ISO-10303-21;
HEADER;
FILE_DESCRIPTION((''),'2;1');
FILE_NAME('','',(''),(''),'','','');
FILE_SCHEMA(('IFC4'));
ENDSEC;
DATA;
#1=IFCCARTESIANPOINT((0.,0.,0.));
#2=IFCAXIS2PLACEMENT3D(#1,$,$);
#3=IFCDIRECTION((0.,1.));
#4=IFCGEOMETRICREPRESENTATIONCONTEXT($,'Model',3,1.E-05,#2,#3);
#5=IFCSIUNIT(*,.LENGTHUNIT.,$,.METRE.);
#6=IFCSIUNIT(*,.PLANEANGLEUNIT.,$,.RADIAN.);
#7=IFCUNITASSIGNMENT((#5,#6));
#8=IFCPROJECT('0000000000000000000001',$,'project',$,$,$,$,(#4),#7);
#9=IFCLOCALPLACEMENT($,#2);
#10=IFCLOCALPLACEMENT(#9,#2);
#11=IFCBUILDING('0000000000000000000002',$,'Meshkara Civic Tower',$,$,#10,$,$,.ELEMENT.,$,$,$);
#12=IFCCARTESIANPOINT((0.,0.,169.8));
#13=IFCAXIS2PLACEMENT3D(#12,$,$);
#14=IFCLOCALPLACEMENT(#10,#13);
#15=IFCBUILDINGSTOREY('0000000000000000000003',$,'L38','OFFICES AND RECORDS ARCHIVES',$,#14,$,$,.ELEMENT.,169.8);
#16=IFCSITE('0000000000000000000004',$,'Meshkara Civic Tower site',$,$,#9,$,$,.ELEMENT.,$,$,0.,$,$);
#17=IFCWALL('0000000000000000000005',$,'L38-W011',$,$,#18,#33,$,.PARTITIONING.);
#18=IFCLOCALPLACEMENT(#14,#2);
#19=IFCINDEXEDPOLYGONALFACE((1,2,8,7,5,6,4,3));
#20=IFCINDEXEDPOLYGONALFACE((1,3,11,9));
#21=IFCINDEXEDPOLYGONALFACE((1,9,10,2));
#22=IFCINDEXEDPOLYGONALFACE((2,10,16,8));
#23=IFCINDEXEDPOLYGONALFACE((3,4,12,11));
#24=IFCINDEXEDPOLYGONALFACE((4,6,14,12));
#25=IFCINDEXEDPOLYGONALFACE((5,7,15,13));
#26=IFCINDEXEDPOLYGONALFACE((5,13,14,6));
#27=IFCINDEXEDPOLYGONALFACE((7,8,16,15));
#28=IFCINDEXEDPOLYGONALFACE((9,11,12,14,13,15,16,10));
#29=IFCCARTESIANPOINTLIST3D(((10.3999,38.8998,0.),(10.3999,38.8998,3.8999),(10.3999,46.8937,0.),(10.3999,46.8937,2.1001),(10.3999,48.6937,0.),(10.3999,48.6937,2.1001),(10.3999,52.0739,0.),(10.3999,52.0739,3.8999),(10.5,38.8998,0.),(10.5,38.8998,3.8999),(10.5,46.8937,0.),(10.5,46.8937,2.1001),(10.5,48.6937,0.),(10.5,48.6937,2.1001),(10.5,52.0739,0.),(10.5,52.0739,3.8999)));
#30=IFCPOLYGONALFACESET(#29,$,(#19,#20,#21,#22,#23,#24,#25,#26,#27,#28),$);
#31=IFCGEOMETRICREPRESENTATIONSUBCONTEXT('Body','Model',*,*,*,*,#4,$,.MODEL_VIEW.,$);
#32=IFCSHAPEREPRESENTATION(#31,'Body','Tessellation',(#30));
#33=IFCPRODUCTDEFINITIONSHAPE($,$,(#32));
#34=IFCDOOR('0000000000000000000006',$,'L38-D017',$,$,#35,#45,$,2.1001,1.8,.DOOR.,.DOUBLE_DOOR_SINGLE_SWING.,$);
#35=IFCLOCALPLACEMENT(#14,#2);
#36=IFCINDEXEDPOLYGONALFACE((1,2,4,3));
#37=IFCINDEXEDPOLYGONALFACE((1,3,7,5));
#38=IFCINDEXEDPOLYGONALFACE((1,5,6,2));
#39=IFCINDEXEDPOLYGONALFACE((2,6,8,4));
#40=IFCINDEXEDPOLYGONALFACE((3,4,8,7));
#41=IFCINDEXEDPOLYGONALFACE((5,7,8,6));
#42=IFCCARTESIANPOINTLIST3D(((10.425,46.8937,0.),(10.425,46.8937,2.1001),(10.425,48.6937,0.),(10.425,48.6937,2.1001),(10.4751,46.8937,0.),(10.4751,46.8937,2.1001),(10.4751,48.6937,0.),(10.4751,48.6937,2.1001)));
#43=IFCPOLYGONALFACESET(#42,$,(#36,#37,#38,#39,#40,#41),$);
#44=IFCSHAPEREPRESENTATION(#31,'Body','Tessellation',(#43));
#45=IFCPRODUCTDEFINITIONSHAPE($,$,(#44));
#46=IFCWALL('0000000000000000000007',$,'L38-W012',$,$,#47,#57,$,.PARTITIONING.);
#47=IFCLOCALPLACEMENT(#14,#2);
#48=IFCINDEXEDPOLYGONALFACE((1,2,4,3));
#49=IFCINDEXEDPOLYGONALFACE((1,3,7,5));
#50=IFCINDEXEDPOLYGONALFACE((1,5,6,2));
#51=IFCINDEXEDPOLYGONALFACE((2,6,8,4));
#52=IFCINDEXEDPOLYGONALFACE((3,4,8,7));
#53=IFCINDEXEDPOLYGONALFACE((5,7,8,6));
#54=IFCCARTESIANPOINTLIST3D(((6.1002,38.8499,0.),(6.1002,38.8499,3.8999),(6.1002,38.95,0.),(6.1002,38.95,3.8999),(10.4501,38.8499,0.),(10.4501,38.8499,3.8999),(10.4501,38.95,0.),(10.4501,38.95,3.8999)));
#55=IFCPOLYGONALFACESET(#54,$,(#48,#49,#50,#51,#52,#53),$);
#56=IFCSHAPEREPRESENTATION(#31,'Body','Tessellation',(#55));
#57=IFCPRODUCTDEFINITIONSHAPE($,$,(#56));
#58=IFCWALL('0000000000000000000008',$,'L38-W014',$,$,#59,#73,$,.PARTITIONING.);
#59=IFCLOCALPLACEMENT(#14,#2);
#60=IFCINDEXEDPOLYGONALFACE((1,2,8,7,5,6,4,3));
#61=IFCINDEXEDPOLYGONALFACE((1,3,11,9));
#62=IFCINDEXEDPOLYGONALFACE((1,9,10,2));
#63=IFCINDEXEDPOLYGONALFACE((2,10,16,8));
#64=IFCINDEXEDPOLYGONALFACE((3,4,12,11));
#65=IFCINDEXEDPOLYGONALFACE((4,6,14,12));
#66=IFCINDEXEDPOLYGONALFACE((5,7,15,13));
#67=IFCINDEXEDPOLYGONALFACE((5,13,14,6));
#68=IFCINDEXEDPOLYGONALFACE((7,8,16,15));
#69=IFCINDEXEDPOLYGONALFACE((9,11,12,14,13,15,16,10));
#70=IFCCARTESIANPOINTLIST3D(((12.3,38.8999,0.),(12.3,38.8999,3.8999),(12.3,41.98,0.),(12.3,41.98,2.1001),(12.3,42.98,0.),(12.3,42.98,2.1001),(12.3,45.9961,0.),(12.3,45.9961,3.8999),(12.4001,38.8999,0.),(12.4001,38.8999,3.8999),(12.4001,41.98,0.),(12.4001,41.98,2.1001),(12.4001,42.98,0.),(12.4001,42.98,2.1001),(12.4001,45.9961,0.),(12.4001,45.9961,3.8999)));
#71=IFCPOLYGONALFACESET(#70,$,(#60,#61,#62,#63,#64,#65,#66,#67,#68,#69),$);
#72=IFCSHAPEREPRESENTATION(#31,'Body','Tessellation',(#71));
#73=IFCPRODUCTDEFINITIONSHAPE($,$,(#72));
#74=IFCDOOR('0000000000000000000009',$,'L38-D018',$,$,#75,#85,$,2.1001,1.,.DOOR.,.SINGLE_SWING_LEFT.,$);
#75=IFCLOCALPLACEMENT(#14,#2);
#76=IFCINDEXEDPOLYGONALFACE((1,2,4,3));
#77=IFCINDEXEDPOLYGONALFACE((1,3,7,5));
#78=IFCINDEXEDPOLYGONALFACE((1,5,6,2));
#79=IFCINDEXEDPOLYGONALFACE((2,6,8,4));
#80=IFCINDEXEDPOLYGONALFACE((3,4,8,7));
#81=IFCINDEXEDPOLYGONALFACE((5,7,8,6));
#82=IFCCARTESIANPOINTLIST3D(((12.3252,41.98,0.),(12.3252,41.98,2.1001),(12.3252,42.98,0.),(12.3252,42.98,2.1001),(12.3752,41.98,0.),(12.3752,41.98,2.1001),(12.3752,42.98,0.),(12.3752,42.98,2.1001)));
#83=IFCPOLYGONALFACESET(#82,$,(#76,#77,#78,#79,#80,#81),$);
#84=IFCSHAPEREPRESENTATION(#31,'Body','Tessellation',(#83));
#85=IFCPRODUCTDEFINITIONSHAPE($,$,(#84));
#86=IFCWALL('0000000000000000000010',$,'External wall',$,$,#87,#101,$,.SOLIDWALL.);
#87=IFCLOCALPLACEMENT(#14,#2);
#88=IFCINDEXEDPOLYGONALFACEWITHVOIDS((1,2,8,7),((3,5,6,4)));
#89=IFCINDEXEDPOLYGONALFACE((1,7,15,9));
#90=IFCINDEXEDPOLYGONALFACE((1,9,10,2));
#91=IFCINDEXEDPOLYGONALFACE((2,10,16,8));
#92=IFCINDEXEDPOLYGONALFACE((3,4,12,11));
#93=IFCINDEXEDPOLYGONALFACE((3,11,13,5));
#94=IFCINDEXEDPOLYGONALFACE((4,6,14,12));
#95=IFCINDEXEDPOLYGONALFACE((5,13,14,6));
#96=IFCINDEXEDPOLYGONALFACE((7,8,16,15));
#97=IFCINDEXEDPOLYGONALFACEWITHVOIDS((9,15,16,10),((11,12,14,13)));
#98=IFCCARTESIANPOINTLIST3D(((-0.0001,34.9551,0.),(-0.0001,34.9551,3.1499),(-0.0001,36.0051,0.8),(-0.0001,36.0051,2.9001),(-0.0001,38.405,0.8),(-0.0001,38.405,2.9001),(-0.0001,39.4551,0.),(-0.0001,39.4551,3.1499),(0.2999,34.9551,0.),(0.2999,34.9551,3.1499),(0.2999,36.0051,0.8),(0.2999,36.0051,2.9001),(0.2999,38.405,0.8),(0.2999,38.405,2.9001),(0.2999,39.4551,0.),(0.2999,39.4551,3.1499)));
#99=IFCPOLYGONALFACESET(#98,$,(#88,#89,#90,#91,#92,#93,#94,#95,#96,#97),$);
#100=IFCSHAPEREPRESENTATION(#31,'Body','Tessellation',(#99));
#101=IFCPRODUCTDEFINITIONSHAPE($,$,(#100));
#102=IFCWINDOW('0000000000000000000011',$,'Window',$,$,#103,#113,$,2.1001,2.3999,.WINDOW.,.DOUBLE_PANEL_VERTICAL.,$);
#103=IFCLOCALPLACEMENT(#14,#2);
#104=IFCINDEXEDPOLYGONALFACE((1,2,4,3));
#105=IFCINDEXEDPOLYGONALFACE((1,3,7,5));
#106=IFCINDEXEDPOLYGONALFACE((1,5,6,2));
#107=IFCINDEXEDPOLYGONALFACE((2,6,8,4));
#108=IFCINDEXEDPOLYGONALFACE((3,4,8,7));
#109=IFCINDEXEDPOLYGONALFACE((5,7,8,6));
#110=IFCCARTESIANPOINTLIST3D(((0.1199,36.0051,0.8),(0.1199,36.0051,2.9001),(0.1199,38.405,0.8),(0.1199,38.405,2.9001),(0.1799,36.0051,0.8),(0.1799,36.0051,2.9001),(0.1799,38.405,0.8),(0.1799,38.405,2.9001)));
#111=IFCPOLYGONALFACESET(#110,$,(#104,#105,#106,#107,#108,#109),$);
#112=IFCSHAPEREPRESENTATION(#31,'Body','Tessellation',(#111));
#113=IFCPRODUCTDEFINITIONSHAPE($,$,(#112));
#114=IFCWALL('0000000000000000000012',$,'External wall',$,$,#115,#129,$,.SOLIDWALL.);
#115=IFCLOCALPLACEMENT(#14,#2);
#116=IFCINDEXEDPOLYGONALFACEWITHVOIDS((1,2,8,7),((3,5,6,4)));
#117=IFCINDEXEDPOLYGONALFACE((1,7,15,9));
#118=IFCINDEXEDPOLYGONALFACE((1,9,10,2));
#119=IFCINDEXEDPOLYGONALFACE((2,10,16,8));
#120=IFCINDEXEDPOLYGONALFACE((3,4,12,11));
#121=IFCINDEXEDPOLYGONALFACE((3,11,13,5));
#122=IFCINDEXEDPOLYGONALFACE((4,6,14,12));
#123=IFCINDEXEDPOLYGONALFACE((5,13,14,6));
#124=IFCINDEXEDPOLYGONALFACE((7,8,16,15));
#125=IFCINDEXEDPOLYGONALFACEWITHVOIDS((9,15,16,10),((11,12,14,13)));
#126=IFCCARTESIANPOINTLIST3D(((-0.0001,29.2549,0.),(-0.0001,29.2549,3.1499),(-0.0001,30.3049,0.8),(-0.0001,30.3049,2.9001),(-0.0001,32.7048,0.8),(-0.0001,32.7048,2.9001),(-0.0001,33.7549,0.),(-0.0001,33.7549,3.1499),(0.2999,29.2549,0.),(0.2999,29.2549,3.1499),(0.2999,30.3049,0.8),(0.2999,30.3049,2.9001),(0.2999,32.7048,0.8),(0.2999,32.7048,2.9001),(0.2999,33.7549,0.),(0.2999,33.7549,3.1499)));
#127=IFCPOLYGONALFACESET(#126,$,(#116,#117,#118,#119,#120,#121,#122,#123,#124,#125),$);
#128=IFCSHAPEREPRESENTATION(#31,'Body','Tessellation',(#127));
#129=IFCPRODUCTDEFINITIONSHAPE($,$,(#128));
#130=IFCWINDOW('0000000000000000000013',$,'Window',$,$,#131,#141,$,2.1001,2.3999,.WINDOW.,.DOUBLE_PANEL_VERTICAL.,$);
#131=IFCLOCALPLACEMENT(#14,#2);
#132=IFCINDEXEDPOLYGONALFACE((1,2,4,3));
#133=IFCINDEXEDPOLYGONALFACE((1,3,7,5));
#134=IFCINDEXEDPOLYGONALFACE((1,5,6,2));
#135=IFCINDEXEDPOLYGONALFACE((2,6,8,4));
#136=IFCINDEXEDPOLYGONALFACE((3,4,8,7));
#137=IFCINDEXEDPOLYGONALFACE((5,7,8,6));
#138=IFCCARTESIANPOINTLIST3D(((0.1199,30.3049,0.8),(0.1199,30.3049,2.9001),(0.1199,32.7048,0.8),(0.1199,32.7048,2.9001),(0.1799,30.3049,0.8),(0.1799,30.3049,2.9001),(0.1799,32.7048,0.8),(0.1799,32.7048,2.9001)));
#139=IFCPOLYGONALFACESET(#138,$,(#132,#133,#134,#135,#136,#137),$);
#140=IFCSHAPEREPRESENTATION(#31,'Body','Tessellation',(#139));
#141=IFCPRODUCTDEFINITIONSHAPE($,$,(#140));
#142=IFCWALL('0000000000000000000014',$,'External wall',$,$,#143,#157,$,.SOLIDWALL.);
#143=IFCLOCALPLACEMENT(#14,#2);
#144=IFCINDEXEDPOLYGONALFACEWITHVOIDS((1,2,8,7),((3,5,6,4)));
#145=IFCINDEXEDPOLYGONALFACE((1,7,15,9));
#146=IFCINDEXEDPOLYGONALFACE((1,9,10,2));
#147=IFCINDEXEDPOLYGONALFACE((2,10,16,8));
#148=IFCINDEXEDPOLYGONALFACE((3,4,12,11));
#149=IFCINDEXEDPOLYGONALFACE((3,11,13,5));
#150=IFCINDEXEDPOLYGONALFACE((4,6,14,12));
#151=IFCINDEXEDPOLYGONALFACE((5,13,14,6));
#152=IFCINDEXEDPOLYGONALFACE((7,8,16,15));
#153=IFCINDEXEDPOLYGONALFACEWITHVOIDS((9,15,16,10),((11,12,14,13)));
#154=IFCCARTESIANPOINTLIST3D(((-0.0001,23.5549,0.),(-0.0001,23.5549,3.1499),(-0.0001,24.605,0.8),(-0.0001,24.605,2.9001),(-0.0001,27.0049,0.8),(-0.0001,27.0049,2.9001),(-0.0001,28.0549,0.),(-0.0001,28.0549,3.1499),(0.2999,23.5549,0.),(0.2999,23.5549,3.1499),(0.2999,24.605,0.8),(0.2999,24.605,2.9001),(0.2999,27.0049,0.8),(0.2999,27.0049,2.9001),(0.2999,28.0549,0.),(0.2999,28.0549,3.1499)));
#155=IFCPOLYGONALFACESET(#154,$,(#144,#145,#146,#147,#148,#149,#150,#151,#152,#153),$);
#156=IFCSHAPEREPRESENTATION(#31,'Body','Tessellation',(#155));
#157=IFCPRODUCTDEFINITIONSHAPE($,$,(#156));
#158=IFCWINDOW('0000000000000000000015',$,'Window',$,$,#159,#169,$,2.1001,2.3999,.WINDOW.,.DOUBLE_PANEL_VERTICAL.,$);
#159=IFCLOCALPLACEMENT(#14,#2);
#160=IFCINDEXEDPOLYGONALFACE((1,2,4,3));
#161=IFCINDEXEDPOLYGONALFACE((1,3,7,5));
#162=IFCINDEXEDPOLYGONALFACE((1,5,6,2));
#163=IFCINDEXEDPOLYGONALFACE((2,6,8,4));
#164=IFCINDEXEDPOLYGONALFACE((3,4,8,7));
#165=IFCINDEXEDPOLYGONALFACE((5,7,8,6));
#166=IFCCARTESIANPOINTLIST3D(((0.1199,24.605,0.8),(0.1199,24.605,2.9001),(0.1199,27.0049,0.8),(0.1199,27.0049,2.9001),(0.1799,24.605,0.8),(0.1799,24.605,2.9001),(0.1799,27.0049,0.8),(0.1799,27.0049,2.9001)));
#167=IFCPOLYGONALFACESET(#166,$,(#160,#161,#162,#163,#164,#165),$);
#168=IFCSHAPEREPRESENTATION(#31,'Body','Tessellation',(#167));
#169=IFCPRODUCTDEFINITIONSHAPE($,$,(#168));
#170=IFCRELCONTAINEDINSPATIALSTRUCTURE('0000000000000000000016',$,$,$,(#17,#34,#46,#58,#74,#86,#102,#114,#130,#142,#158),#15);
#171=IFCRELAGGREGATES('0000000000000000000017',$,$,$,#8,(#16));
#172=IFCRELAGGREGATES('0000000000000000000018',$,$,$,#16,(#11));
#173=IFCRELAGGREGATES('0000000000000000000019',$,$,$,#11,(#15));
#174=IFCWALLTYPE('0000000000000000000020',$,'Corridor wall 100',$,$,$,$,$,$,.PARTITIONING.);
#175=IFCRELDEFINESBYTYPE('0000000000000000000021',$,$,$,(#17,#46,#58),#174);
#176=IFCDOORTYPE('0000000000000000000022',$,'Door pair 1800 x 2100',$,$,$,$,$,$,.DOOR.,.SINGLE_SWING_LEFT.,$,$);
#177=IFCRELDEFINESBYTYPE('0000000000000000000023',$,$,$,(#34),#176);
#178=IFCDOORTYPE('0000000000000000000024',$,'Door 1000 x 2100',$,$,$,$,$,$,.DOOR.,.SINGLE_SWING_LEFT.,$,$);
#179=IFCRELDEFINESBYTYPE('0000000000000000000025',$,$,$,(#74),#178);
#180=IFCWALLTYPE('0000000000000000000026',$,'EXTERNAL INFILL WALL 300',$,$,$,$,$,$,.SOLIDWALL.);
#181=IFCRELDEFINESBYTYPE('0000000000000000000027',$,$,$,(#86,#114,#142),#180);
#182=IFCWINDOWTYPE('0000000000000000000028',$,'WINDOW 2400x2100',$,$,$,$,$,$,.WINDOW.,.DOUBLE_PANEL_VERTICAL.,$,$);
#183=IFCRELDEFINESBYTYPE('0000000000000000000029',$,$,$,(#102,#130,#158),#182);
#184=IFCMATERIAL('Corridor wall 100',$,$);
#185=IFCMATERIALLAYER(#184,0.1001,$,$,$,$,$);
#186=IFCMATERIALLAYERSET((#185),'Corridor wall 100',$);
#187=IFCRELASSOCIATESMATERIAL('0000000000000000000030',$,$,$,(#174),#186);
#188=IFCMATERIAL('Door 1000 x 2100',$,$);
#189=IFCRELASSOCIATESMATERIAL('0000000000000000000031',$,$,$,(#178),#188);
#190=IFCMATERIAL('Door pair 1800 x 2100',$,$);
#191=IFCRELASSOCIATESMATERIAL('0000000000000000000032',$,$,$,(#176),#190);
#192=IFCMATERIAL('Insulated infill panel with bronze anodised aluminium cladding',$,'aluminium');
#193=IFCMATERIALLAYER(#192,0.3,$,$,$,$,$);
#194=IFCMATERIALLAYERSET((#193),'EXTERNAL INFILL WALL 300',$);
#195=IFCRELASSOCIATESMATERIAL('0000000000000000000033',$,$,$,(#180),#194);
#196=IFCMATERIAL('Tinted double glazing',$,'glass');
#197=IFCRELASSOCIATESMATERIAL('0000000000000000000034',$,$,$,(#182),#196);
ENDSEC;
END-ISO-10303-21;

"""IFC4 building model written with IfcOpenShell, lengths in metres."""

from ifc_helpers import new_model, si_unit, direction, frame, frame_2d, origin, place, context, subcontext, project, spatial, rectangle, extrude, material, layer, layer_set, type_object, element, fill, save


model = new_model("IFC4")

# Units and contexts
model_context = context("Model", 3, precision=1e-05, world=origin(), true_north=direction((0.0, 1.0)))
body_context = subcontext(model_context, "Body", "Model", "MODEL_VIEW")
ifc_project = project(units=[si_unit("LENGTHUNIT", "METRE"), si_unit("PLANEANGLEUNIT", "RADIAN")], contexts=[model_context])

# Site, building, storey
site_placement = place(None, origin())
site = spatial("IfcSite", under=ifc_project, at=site_placement, Name="Meshkara Civic Tower site", CompositionType="ELEMENT", RefElevation=0.0)
building_placement = place(site_placement, origin())
building = spatial("IfcBuilding", under=site, at=building_placement, Name="Meshkara Civic Tower", CompositionType="ELEMENT")
storey_placement = place(building_placement, frame((0.0, 0.0, 169.8)))
storey = spatial("IfcBuildingStorey", under=building, at=storey_placement, Name="L38", Description="OFFICES AND RECORDS ARCHIVES", CompositionType="ELEMENT", Elevation=169.8)

# Shared definitions
ifc_material_1 = material(Name="Corridor wall 100")
ifc_layer_1 = layer(ifc_material_1, 0.1001)
ifc_layer_set_1 = layer_set([ifc_layer_1], Name="Corridor wall 100")
wall_type_1 = type_object("IfcWallType", Name="Corridor wall 100", PredefinedType="PARTITIONING", material=ifc_layer_set_1)
ifc_material_2 = material(Name="Door 1000 x 2100")
door_type_1 = type_object("IfcDoorType", Name="Door 1000 x 2100", OperationType="SINGLE_SWING_LEFT", PredefinedType="DOOR", material=ifc_material_2)
ifc_material_3 = material(Name="Door pair 1800 x 2100")
door_type_2 = type_object("IfcDoorType", Name="Door pair 1800 x 2100", OperationType="SINGLE_SWING_LEFT", PredefinedType="DOOR", material=ifc_material_3)

# Wall, opening, door
wall_1_placement = place(storey_placement, frame((10.45, 38.8999, 0.0), z_axis=(0.0, 0.0, 1.0), x_axis=(0.0, 1.0, 0.0)))
wall_1 = element("IfcWall", 1, at=wall_1_placement, inside=storey, type_object=wall_type_1, Name="L38-W011", PredefinedType="PARTITIONING", context=body_context, shape_type="SweptSolid", body=[
    extrude(rectangle(XDim=13.1741, YDim=0.1001, at=frame_2d((6.5869, 0.0))), origin(), (0.0, 0.0, 1.0), 3.8999),
])
opening_1_placement = place(wall_1_placement, frame((7.9939, 0.0, 0.0)))
opening_1 = element("IfcOpeningElement", 2, at=opening_1_placement, cuts=wall_1, PredefinedType="OPENING", context=body_context, shape_type="SweptSolid", body=[
    extrude(rectangle(XDim=1.8, YDim=2.1001, at=frame_2d((0.8999, 1.05))), frame((0.0, 0.0601, 0.0), z_axis=(0.0, -1.0, 0.0), x_axis=(1.0, 0.0, 0.0)), (0.0, 0.0, 1.0), 0.1201),
])
door_1_placement = place(opening_1_placement, origin())
door_1 = element("IfcDoor", 3, at=door_1_placement, inside=storey, type_object=door_type_2, Name="L38-D017", OperationType="DOUBLE_DOOR_SINGLE_SWING", OverallHeight=2.1001, OverallWidth=1.8, PredefinedType="DOOR", context=body_context, shape_type="SweptSolid", body=[
    extrude(rectangle(XDim=1.8, YDim=2.1001, at=frame_2d((0.8999, 1.05))), frame((0.0, 0.0249, 0.0), z_axis=(0.0, -1.0, 0.0), x_axis=(1.0, 0.0, 0.0)), (0.0, 0.0, 1.0), 0.05),
])
fill(opening_1, door_1)

# Wall
wall_2_placement = place(storey_placement, frame((10.45, 38.8999, 0.0), z_axis=(0.0, 0.0, 1.0), x_axis=(-1.0, 0.0, 0.0)))
element("IfcWall", 4, at=wall_2_placement, inside=storey, type_object=wall_type_1, Name="L38-W012", PredefinedType="PARTITIONING", context=body_context, shape_type="SweptSolid", body=[
    extrude(rectangle(XDim=4.3499, YDim=0.1001, at=frame_2d((2.1748, 0.0))), origin(), (0.0, 0.0, 1.0), 3.8999),
])

# Wall, opening, door
wall_3_placement = place(storey_placement, frame((12.3501, 38.8999, 0.0), z_axis=(0.0, 0.0, 1.0), x_axis=(0.0, 1.0, 0.0)))
wall_3 = element("IfcWall", 5, at=wall_3_placement, inside=storey, type_object=wall_type_1, Name="L38-W014", PredefinedType="PARTITIONING", context=body_context, shape_type="SweptSolid", body=[
    extrude(rectangle(XDim=7.0962, YDim=0.1001, at=frame_2d((3.5481, 0.0))), origin(), (0.0, 0.0, 1.0), 3.8999),
])
opening_2_placement = place(wall_3_placement, frame((3.0801, 0.0, 0.0)))
opening_2 = element("IfcOpeningElement", 6, at=opening_2_placement, cuts=wall_3, PredefinedType="OPENING", context=body_context, shape_type="SweptSolid", body=[
    extrude(rectangle(XDim=1.0, YDim=2.1001, at=frame_2d((0.5, 1.05))), frame((0.0, 0.0601, 0.0), z_axis=(0.0, -1.0, 0.0), x_axis=(1.0, 0.0, 0.0)), (0.0, 0.0, 1.0), 0.1201),
])
door_2_placement = place(opening_2_placement, origin())
door_2 = element("IfcDoor", 7, at=door_2_placement, inside=storey, type_object=door_type_1, Name="L38-D018", OperationType="SINGLE_SWING_LEFT", OverallHeight=2.1001, OverallWidth=1.0, PredefinedType="DOOR", context=body_context, shape_type="SweptSolid", body=[
    extrude(rectangle(XDim=1.0, YDim=2.1001, at=frame_2d((0.5, 1.05))), frame((0.0, 0.0249, 0.0), z_axis=(0.0, -1.0, 0.0), x_axis=(1.0, 0.0, 0.0)), (0.0, 0.0, 1.0), 0.05),
])
fill(opening_2, door_2)

# Walls, openings, windows
ifc_material_4 = material(Name="Insulated infill panel with bronze anodised aluminium cladding", Category="aluminium")
ifc_layer_2 = layer(ifc_material_4, 0.3)
ifc_layer_set_2 = layer_set([ifc_layer_2], Name="EXTERNAL INFILL WALL 300")
wall_type_2 = type_object("IfcWallType", Name="EXTERNAL INFILL WALL 300", PredefinedType="SOLIDWALL", material=ifc_layer_set_2)
wall_4_placement = place(storey_placement, frame((0.1499, 39.4551, 0.0), z_axis=(0.0, 0.0, 1.0), x_axis=(0.0, -1.0, 0.0)))
wall_4 = element("IfcWall", 8, at=wall_4_placement, inside=storey, type_object=wall_type_2, Name="External wall", PredefinedType="SOLIDWALL", context=body_context, shape_type="SweptSolid", body=[
    extrude(rectangle(XDim=4.5, YDim=0.3, at=frame_2d((2.25, 0.0))), origin(), (0.0, 0.0, 1.0), 3.1499),
])
opening_3_placement = place(wall_4_placement, frame((1.05, 0.0, 0.8)))
opening_3 = element("IfcOpeningElement", 9, at=opening_3_placement, cuts=wall_4, PredefinedType="OPENING", context=body_context, shape_type="SweptSolid", body=[
    extrude(rectangle(XDim=2.3999, YDim=2.1001, at=frame_2d((1.2, 1.05))), frame((0.0, 0.1599, 0.0), z_axis=(0.0, -1.0, 0.0), x_axis=(1.0, 0.0, 0.0)), (0.0, 0.0, 1.0), 0.3201),
])
ifc_material_5 = material(Name="Tinted double glazing", Category="glass")
window_type = type_object("IfcWindowType", Name="WINDOW 2400x2100", PartitioningType="DOUBLE_PANEL_VERTICAL", PredefinedType="WINDOW", material=ifc_material_5)
window_1_placement = place(opening_3_placement, origin())
window_1 = element("IfcWindow", 10, at=window_1_placement, inside=storey, type_object=window_type, Name="Window", OverallHeight=2.1001, OverallWidth=2.3999, PartitioningType="DOUBLE_PANEL_VERTICAL", PredefinedType="WINDOW", context=body_context, shape_type="SweptSolid", body=[
    extrude(rectangle(XDim=2.3999, YDim=2.1001, at=frame_2d((1.2, 1.05))), frame((0.0, 0.03, 0.0), z_axis=(0.0, -1.0, 0.0), x_axis=(1.0, 0.0, 0.0)), (0.0, 0.0, 1.0), 0.0601),
])
fill(opening_3, window_1)
wall_5_placement = place(storey_placement, frame((0.1499, 33.7549, 0.0), z_axis=(0.0, 0.0, 1.0), x_axis=(0.0, -1.0, 0.0)))
wall_5 = element("IfcWall", 11, at=wall_5_placement, inside=storey, type_object=wall_type_2, Name="External wall", PredefinedType="SOLIDWALL", context=body_context, shape_type="SweptSolid", body=[
    extrude(rectangle(XDim=4.5, YDim=0.3, at=frame_2d((2.25, 0.0))), origin(), (0.0, 0.0, 1.0), 3.1499),
])
opening_4_placement = place(wall_5_placement, frame((1.05, 0.0, 0.8)))
opening_4 = element("IfcOpeningElement", 12, at=opening_4_placement, cuts=wall_5, PredefinedType="OPENING", context=body_context, shape_type="SweptSolid", body=[
    extrude(rectangle(XDim=2.3999, YDim=2.1001, at=frame_2d((1.2, 1.05))), frame((0.0, 0.1599, 0.0), z_axis=(0.0, -1.0, 0.0), x_axis=(1.0, 0.0, 0.0)), (0.0, 0.0, 1.0), 0.3201),
])
window_2_placement = place(opening_4_placement, origin())
window_2 = element("IfcWindow", 13, at=window_2_placement, inside=storey, type_object=window_type, Name="Window", OverallHeight=2.1001, OverallWidth=2.3999, PartitioningType="DOUBLE_PANEL_VERTICAL", PredefinedType="WINDOW", context=body_context, shape_type="SweptSolid", body=[
    extrude(rectangle(XDim=2.3999, YDim=2.1001, at=frame_2d((1.2, 1.05))), frame((0.0, 0.03, 0.0), z_axis=(0.0, -1.0, 0.0), x_axis=(1.0, 0.0, 0.0)), (0.0, 0.0, 1.0), 0.0601),
])
fill(opening_4, window_2)
wall_6_placement = place(storey_placement, frame((0.1499, 28.0549, 0.0), z_axis=(0.0, 0.0, 1.0), x_axis=(0.0, -1.0, 0.0)))
wall_6 = element("IfcWall", 14, at=wall_6_placement, inside=storey, type_object=wall_type_2, Name="External wall", PredefinedType="SOLIDWALL", context=body_context, shape_type="SweptSolid", body=[
    extrude(rectangle(XDim=4.5, YDim=0.3, at=frame_2d((2.25, 0.0))), origin(), (0.0, 0.0, 1.0), 3.1499),
])
opening_5_placement = place(wall_6_placement, frame((1.05, 0.0, 0.8)))
opening_5 = element("IfcOpeningElement", 15, at=opening_5_placement, cuts=wall_6, PredefinedType="OPENING", context=body_context, shape_type="SweptSolid", body=[
    extrude(rectangle(XDim=2.3999, YDim=2.1001, at=frame_2d((1.2, 1.05))), frame((0.0, 0.1599, 0.0), z_axis=(0.0, -1.0, 0.0), x_axis=(1.0, 0.0, 0.0)), (0.0, 0.0, 1.0), 0.3201),
])
window_3_placement = place(opening_5_placement, origin())
window_3 = element("IfcWindow", 16, at=window_3_placement, inside=storey, type_object=window_type, Name="Window", OverallHeight=2.1001, OverallWidth=2.3999, PartitioningType="DOUBLE_PANEL_VERTICAL", PredefinedType="WINDOW", context=body_context, shape_type="SweptSolid", body=[
    extrude(rectangle(XDim=2.3999, YDim=2.1001, at=frame_2d((1.2, 1.05))), frame((0.0, 0.03, 0.0), z_axis=(0.0, -1.0, 0.0), x_axis=(1.0, 0.0, 0.0)), (0.0, 0.0, 1.0), 0.0601),
])
fill(opening_5, window_3)

save(model, "model.ifc")
